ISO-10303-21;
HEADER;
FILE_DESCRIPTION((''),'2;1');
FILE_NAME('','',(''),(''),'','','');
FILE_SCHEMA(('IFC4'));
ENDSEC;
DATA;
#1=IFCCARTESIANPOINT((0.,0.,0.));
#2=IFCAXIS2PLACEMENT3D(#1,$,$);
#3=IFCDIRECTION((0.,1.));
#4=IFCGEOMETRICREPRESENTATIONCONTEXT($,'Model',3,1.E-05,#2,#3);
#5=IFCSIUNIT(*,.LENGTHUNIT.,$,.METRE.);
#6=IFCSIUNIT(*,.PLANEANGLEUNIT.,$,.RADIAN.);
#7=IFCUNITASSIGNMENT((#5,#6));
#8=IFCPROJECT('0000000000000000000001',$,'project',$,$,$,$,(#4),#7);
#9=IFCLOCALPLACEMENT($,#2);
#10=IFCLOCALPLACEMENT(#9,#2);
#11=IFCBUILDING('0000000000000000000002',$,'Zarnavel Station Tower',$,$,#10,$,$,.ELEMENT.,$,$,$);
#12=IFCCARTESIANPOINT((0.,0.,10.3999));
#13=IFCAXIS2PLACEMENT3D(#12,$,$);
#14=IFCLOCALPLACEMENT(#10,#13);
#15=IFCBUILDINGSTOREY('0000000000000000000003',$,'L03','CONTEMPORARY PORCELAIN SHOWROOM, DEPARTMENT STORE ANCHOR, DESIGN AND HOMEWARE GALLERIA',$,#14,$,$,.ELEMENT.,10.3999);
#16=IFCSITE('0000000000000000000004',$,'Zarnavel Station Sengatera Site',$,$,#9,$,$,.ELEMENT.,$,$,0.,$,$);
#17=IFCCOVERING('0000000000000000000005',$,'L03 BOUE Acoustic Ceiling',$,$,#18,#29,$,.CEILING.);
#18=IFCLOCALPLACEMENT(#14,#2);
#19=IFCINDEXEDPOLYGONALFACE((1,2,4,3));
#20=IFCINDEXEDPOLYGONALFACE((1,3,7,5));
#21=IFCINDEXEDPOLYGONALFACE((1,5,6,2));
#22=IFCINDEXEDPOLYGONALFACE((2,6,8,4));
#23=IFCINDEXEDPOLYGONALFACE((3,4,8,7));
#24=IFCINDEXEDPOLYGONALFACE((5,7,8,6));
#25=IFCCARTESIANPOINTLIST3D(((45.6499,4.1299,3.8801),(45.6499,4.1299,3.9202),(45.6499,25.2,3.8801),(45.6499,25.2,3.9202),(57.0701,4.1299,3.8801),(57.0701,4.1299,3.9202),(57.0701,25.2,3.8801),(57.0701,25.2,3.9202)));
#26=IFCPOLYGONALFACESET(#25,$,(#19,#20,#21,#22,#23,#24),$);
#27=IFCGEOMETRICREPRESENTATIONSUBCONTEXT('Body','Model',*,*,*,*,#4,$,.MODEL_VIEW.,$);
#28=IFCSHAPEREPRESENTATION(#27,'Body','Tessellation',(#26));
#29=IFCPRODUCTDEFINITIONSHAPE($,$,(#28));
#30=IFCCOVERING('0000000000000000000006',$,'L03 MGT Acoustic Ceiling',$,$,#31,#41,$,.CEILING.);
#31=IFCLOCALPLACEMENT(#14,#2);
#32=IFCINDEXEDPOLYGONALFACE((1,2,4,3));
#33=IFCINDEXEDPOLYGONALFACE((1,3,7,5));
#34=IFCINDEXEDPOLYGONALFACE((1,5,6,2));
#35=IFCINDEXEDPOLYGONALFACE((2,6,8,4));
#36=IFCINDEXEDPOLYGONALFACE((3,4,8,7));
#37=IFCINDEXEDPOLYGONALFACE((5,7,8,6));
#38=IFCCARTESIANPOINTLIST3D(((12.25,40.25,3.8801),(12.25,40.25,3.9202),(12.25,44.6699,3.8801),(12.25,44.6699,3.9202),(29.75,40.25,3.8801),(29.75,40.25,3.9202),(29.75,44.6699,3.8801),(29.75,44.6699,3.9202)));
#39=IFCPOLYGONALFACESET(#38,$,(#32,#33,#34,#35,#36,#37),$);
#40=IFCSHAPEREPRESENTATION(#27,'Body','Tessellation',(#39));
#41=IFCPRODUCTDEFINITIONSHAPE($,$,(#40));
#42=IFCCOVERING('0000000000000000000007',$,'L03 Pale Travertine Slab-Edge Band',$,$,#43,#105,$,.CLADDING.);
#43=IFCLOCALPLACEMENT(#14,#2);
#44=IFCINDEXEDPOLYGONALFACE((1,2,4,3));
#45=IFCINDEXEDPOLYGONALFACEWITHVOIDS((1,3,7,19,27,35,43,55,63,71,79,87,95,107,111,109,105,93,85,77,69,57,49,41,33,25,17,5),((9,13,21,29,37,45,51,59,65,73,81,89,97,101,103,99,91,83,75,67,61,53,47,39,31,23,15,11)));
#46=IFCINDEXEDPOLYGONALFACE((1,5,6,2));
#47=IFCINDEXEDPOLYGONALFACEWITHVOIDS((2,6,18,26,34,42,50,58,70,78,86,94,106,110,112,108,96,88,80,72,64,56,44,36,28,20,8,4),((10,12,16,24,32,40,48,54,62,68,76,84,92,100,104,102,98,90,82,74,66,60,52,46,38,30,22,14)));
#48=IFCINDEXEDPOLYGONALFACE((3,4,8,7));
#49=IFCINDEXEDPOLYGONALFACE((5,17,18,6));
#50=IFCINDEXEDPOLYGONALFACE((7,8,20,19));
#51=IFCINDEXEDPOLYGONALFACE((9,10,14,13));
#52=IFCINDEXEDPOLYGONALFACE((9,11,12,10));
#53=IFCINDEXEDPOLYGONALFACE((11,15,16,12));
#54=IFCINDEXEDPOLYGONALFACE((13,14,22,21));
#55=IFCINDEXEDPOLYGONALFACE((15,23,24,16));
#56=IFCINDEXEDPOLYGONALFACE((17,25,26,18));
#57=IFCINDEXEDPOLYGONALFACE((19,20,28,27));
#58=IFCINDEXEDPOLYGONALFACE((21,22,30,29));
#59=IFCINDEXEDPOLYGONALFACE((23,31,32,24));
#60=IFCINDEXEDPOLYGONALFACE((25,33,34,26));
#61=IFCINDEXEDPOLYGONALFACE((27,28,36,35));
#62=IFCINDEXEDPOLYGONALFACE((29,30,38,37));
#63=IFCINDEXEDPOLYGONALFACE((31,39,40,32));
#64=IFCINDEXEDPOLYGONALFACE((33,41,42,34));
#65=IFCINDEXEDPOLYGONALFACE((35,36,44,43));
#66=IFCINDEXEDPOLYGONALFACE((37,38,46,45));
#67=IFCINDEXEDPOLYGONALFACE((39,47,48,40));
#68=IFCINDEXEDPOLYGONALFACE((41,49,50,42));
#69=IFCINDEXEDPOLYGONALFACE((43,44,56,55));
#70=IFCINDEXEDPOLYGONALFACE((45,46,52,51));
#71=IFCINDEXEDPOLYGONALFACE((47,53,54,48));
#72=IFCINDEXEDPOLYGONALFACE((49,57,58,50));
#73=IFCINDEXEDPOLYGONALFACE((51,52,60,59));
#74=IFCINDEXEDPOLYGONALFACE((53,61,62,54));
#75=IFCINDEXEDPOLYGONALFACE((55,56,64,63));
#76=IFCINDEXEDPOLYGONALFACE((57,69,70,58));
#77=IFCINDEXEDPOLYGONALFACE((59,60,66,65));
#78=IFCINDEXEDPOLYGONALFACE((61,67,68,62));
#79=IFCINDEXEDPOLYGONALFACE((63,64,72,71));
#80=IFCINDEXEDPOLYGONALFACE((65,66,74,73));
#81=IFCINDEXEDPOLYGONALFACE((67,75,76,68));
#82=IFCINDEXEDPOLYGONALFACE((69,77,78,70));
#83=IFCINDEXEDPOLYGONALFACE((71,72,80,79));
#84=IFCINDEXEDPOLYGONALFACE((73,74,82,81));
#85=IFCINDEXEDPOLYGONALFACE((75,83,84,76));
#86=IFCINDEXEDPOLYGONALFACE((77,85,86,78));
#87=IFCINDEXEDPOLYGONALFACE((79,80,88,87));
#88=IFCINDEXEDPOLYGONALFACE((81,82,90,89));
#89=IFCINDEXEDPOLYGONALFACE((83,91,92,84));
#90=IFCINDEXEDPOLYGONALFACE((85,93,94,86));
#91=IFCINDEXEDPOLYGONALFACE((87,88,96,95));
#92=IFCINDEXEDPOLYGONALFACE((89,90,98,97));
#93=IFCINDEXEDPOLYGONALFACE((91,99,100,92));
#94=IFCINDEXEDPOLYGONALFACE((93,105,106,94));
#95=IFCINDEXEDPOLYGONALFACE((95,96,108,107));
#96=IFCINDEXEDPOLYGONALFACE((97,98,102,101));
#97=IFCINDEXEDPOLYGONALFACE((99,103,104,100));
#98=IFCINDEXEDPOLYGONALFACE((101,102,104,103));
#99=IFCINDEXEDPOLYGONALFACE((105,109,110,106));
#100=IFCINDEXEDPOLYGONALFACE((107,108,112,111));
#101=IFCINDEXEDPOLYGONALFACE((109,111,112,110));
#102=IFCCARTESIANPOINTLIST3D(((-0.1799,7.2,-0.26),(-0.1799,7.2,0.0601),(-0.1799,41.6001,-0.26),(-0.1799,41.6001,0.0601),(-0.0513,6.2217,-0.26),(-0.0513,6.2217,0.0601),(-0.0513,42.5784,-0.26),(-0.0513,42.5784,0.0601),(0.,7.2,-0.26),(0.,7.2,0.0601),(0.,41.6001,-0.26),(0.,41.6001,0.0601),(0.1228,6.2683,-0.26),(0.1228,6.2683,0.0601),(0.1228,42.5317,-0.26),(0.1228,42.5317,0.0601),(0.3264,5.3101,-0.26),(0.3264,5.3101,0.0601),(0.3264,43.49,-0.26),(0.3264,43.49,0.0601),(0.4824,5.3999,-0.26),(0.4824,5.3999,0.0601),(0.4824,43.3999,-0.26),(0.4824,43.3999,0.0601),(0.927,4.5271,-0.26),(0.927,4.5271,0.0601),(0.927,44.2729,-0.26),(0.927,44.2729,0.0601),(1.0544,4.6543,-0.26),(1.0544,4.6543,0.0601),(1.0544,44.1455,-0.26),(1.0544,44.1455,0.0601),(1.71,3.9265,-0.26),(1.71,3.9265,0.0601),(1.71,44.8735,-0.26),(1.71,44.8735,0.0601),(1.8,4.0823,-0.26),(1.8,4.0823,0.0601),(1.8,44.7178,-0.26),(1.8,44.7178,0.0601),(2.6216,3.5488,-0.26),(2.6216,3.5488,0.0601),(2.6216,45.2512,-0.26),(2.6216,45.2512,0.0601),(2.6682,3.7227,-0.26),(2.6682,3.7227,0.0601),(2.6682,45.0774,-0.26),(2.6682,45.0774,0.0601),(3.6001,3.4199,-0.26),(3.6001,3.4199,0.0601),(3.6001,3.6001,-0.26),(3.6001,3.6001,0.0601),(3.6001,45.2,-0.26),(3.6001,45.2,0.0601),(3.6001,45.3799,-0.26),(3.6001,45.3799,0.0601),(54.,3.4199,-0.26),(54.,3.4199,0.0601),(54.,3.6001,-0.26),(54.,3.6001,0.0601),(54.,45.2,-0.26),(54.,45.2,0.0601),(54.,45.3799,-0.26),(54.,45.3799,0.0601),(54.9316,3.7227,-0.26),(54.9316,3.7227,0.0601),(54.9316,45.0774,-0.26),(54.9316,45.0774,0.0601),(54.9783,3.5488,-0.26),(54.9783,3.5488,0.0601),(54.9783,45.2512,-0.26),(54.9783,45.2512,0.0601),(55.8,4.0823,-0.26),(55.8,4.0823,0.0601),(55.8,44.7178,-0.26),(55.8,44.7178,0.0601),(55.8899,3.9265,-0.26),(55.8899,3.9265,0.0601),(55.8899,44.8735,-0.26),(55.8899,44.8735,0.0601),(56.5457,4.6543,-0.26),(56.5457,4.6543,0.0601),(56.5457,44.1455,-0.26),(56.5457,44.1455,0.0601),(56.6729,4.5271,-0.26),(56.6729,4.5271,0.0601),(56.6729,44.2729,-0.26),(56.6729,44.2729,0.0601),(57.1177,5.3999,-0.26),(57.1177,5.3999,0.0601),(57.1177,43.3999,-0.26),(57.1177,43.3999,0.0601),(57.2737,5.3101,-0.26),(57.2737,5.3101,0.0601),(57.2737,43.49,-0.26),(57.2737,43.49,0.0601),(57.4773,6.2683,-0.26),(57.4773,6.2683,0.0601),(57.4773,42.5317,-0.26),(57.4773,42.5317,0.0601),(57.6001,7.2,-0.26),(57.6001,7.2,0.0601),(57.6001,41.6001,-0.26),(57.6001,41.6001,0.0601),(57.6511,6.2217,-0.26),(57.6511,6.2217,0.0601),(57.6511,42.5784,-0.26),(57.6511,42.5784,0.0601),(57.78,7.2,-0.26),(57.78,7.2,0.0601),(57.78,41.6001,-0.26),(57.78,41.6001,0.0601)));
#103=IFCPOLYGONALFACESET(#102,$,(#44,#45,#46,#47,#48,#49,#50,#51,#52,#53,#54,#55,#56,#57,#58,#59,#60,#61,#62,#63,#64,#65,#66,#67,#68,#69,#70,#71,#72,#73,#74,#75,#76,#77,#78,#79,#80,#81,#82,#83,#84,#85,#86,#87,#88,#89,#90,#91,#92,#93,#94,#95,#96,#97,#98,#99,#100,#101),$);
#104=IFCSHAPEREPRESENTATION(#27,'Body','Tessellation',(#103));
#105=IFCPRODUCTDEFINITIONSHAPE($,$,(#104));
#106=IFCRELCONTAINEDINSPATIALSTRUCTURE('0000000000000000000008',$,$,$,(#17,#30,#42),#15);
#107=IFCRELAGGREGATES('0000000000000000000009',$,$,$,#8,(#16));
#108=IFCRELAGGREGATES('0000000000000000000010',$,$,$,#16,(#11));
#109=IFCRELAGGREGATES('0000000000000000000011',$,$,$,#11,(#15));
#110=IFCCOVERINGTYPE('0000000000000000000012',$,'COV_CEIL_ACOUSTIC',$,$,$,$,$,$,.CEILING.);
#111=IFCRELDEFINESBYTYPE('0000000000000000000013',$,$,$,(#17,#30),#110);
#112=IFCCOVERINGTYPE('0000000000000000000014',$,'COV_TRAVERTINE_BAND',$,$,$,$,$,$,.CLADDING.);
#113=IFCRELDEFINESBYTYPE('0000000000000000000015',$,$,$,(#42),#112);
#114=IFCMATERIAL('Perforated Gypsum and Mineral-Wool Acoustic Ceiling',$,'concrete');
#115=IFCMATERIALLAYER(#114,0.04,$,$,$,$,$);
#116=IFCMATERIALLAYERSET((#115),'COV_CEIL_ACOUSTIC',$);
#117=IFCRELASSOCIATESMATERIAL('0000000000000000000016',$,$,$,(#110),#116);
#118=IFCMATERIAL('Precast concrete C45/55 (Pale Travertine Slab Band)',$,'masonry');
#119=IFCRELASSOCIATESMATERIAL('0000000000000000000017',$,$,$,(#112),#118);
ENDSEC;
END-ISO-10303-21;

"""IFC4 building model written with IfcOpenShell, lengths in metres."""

from ifc_helpers import new_model, si_unit, direction, frame, origin, place, context, subcontext, project, spatial, polyline, outline, extrude, material, layer, layer_set, type_object, element, save


model = new_model("IFC4")

# Units and contexts
model_context = context("Model", 3, precision=1e-05, world=origin(), true_north=direction((0.0, 1.0)))
body_context = subcontext(model_context, "Body", "Model", "MODEL_VIEW")
ifc_project = project(units=[si_unit("LENGTHUNIT", "METRE"), si_unit("PLANEANGLEUNIT", "RADIAN")], contexts=[model_context])

# Site, building, storey
site_placement = place(None, origin())
site = spatial("IfcSite", under=ifc_project, at=site_placement, Name="Zarnavel Station Sengatera Site", CompositionType="ELEMENT", RefElevation=0.0)
building_placement = place(site_placement, origin())
building = spatial("IfcBuilding", under=site, at=building_placement, Name="Zarnavel Station Tower", CompositionType="ELEMENT")
storey_placement = place(building_placement, frame((0.0, 0.0, 10.3999)))
storey = spatial("IfcBuildingStorey", under=building, at=storey_placement, Name="L03", Description="CONTEMPORARY PORCELAIN SHOWROOM, DEPARTMENT STORE ANCHOR, DESIGN AND HOMEWARE GALLERIA", CompositionType="ELEMENT", Elevation=10.3999)

# Coverings
ifc_material_1 = material(Name="Perforated Gypsum and Mineral-Wool Acoustic Ceiling", Category="concrete")
ifc_layer_1 = layer(ifc_material_1, 0.04)
ifc_layer_set_1 = layer_set([ifc_layer_1], Name="COV_CEIL_ACOUSTIC")
covering_type_1 = type_object("IfcCoveringType", Name="COV_CEIL_ACOUSTIC", PredefinedType="CEILING", material=ifc_layer_set_1)
covering_1_placement = place(storey_placement, frame((0.0, 0.0, 3.8801)))
element("IfcCovering", 1, at=covering_1_placement, inside=storey, type_object=covering_type_1, Name="L03 BOUE Acoustic Ceiling", PredefinedType="CEILING", context=body_context, shape_type="SweptSolid", body=[
    extrude(outline(polyline([(45.6499, 4.1299), (57.0701, 4.1299), (57.0701, 25.2), (45.6499, 25.2), (45.6499, 4.1299)])), origin(), (0.0, 0.0, 1.0), 0.04),
])
covering_2_placement = place(storey_placement, frame((0.0, 0.0, 3.8801)))
element("IfcCovering", 2, at=covering_2_placement, inside=storey, type_object=covering_type_1, Name="L03 MGT Acoustic Ceiling", PredefinedType="CEILING", context=body_context, shape_type="SweptSolid", body=[
    extrude(outline(polyline([(12.25, 40.25), (29.75, 40.25), (29.75, 44.6699), (12.25, 44.6699), (12.25, 40.25)])), origin(), (0.0, 0.0, 1.0), 0.04),
])
ifc_material_2 = material(Name="Precast concrete C45/55 (Pale Travertine Slab Band)", Category="masonry")
covering_type_2 = type_object("IfcCoveringType", Name="COV_TRAVERTINE_BAND", PredefinedType="CLADDING", material=ifc_material_2)
covering_3_placement = place(storey_placement, frame((0.0, 0.0, -0.26)))
element("IfcCovering", 3, at=covering_3_placement, inside=storey, type_object=covering_type_2, Name="L03 Pale Travertine Slab-Edge Band", PredefinedType="CLADDING", context=body_context, shape_type="SweptSolid", body=[
    extrude(outline(polyline([(54.0, 3.4199), (54.9783, 3.5488), (55.8899, 3.9265), (56.6729, 4.5271), (57.2737, 5.3101), (57.6511, 6.2217), (57.78, 7.2), (57.78, 41.6001), (57.6511, 42.5784), (57.2737, 43.49), (56.6729, 44.2729), (55.8899, 44.8735), (54.9783, 45.2512), (54.0, 45.3799), (3.6001, 45.3799), (2.6216, 45.2512), (1.71, 44.8735), (0.927, 44.2729), (0.3264, 43.49), (-0.0513, 42.5784), (-0.1799, 41.6001), (-0.1799, 7.2), (-0.0513, 6.2217), (0.3264, 5.3101), (0.927, 4.5271), (1.71, 3.9265), (2.6216, 3.5488), (3.6001, 3.4199), (54.0, 3.4199)]), holes=[polyline([(54.0, 3.6001), (54.9316, 3.7227), (55.8, 4.0823), (56.5457, 4.6543), (57.1177, 5.3999), (57.4773, 6.2683), (57.6001, 7.2), (57.6001, 41.6001), (57.4773, 42.5317), (57.1177, 43.3999), (56.5457, 44.1455), (55.8, 44.7178), (54.9316, 45.0774), (54.0, 45.2), (3.6001, 45.2), (2.6682, 45.0774), (1.8, 44.7178), (1.0544, 44.1455), (0.4824, 43.3999), (0.1228, 42.5317), (0.0, 41.6001), (0.0, 7.2), (0.1228, 6.2683), (0.4824, 5.3999), (1.0544, 4.6543), (1.8, 4.0823), (2.6682, 3.7227), (3.6001, 3.6001), (54.0, 3.6001)])]), origin(), (0.0, 0.0, 1.0), 0.3201),
])

save(model, "model.ifc")
